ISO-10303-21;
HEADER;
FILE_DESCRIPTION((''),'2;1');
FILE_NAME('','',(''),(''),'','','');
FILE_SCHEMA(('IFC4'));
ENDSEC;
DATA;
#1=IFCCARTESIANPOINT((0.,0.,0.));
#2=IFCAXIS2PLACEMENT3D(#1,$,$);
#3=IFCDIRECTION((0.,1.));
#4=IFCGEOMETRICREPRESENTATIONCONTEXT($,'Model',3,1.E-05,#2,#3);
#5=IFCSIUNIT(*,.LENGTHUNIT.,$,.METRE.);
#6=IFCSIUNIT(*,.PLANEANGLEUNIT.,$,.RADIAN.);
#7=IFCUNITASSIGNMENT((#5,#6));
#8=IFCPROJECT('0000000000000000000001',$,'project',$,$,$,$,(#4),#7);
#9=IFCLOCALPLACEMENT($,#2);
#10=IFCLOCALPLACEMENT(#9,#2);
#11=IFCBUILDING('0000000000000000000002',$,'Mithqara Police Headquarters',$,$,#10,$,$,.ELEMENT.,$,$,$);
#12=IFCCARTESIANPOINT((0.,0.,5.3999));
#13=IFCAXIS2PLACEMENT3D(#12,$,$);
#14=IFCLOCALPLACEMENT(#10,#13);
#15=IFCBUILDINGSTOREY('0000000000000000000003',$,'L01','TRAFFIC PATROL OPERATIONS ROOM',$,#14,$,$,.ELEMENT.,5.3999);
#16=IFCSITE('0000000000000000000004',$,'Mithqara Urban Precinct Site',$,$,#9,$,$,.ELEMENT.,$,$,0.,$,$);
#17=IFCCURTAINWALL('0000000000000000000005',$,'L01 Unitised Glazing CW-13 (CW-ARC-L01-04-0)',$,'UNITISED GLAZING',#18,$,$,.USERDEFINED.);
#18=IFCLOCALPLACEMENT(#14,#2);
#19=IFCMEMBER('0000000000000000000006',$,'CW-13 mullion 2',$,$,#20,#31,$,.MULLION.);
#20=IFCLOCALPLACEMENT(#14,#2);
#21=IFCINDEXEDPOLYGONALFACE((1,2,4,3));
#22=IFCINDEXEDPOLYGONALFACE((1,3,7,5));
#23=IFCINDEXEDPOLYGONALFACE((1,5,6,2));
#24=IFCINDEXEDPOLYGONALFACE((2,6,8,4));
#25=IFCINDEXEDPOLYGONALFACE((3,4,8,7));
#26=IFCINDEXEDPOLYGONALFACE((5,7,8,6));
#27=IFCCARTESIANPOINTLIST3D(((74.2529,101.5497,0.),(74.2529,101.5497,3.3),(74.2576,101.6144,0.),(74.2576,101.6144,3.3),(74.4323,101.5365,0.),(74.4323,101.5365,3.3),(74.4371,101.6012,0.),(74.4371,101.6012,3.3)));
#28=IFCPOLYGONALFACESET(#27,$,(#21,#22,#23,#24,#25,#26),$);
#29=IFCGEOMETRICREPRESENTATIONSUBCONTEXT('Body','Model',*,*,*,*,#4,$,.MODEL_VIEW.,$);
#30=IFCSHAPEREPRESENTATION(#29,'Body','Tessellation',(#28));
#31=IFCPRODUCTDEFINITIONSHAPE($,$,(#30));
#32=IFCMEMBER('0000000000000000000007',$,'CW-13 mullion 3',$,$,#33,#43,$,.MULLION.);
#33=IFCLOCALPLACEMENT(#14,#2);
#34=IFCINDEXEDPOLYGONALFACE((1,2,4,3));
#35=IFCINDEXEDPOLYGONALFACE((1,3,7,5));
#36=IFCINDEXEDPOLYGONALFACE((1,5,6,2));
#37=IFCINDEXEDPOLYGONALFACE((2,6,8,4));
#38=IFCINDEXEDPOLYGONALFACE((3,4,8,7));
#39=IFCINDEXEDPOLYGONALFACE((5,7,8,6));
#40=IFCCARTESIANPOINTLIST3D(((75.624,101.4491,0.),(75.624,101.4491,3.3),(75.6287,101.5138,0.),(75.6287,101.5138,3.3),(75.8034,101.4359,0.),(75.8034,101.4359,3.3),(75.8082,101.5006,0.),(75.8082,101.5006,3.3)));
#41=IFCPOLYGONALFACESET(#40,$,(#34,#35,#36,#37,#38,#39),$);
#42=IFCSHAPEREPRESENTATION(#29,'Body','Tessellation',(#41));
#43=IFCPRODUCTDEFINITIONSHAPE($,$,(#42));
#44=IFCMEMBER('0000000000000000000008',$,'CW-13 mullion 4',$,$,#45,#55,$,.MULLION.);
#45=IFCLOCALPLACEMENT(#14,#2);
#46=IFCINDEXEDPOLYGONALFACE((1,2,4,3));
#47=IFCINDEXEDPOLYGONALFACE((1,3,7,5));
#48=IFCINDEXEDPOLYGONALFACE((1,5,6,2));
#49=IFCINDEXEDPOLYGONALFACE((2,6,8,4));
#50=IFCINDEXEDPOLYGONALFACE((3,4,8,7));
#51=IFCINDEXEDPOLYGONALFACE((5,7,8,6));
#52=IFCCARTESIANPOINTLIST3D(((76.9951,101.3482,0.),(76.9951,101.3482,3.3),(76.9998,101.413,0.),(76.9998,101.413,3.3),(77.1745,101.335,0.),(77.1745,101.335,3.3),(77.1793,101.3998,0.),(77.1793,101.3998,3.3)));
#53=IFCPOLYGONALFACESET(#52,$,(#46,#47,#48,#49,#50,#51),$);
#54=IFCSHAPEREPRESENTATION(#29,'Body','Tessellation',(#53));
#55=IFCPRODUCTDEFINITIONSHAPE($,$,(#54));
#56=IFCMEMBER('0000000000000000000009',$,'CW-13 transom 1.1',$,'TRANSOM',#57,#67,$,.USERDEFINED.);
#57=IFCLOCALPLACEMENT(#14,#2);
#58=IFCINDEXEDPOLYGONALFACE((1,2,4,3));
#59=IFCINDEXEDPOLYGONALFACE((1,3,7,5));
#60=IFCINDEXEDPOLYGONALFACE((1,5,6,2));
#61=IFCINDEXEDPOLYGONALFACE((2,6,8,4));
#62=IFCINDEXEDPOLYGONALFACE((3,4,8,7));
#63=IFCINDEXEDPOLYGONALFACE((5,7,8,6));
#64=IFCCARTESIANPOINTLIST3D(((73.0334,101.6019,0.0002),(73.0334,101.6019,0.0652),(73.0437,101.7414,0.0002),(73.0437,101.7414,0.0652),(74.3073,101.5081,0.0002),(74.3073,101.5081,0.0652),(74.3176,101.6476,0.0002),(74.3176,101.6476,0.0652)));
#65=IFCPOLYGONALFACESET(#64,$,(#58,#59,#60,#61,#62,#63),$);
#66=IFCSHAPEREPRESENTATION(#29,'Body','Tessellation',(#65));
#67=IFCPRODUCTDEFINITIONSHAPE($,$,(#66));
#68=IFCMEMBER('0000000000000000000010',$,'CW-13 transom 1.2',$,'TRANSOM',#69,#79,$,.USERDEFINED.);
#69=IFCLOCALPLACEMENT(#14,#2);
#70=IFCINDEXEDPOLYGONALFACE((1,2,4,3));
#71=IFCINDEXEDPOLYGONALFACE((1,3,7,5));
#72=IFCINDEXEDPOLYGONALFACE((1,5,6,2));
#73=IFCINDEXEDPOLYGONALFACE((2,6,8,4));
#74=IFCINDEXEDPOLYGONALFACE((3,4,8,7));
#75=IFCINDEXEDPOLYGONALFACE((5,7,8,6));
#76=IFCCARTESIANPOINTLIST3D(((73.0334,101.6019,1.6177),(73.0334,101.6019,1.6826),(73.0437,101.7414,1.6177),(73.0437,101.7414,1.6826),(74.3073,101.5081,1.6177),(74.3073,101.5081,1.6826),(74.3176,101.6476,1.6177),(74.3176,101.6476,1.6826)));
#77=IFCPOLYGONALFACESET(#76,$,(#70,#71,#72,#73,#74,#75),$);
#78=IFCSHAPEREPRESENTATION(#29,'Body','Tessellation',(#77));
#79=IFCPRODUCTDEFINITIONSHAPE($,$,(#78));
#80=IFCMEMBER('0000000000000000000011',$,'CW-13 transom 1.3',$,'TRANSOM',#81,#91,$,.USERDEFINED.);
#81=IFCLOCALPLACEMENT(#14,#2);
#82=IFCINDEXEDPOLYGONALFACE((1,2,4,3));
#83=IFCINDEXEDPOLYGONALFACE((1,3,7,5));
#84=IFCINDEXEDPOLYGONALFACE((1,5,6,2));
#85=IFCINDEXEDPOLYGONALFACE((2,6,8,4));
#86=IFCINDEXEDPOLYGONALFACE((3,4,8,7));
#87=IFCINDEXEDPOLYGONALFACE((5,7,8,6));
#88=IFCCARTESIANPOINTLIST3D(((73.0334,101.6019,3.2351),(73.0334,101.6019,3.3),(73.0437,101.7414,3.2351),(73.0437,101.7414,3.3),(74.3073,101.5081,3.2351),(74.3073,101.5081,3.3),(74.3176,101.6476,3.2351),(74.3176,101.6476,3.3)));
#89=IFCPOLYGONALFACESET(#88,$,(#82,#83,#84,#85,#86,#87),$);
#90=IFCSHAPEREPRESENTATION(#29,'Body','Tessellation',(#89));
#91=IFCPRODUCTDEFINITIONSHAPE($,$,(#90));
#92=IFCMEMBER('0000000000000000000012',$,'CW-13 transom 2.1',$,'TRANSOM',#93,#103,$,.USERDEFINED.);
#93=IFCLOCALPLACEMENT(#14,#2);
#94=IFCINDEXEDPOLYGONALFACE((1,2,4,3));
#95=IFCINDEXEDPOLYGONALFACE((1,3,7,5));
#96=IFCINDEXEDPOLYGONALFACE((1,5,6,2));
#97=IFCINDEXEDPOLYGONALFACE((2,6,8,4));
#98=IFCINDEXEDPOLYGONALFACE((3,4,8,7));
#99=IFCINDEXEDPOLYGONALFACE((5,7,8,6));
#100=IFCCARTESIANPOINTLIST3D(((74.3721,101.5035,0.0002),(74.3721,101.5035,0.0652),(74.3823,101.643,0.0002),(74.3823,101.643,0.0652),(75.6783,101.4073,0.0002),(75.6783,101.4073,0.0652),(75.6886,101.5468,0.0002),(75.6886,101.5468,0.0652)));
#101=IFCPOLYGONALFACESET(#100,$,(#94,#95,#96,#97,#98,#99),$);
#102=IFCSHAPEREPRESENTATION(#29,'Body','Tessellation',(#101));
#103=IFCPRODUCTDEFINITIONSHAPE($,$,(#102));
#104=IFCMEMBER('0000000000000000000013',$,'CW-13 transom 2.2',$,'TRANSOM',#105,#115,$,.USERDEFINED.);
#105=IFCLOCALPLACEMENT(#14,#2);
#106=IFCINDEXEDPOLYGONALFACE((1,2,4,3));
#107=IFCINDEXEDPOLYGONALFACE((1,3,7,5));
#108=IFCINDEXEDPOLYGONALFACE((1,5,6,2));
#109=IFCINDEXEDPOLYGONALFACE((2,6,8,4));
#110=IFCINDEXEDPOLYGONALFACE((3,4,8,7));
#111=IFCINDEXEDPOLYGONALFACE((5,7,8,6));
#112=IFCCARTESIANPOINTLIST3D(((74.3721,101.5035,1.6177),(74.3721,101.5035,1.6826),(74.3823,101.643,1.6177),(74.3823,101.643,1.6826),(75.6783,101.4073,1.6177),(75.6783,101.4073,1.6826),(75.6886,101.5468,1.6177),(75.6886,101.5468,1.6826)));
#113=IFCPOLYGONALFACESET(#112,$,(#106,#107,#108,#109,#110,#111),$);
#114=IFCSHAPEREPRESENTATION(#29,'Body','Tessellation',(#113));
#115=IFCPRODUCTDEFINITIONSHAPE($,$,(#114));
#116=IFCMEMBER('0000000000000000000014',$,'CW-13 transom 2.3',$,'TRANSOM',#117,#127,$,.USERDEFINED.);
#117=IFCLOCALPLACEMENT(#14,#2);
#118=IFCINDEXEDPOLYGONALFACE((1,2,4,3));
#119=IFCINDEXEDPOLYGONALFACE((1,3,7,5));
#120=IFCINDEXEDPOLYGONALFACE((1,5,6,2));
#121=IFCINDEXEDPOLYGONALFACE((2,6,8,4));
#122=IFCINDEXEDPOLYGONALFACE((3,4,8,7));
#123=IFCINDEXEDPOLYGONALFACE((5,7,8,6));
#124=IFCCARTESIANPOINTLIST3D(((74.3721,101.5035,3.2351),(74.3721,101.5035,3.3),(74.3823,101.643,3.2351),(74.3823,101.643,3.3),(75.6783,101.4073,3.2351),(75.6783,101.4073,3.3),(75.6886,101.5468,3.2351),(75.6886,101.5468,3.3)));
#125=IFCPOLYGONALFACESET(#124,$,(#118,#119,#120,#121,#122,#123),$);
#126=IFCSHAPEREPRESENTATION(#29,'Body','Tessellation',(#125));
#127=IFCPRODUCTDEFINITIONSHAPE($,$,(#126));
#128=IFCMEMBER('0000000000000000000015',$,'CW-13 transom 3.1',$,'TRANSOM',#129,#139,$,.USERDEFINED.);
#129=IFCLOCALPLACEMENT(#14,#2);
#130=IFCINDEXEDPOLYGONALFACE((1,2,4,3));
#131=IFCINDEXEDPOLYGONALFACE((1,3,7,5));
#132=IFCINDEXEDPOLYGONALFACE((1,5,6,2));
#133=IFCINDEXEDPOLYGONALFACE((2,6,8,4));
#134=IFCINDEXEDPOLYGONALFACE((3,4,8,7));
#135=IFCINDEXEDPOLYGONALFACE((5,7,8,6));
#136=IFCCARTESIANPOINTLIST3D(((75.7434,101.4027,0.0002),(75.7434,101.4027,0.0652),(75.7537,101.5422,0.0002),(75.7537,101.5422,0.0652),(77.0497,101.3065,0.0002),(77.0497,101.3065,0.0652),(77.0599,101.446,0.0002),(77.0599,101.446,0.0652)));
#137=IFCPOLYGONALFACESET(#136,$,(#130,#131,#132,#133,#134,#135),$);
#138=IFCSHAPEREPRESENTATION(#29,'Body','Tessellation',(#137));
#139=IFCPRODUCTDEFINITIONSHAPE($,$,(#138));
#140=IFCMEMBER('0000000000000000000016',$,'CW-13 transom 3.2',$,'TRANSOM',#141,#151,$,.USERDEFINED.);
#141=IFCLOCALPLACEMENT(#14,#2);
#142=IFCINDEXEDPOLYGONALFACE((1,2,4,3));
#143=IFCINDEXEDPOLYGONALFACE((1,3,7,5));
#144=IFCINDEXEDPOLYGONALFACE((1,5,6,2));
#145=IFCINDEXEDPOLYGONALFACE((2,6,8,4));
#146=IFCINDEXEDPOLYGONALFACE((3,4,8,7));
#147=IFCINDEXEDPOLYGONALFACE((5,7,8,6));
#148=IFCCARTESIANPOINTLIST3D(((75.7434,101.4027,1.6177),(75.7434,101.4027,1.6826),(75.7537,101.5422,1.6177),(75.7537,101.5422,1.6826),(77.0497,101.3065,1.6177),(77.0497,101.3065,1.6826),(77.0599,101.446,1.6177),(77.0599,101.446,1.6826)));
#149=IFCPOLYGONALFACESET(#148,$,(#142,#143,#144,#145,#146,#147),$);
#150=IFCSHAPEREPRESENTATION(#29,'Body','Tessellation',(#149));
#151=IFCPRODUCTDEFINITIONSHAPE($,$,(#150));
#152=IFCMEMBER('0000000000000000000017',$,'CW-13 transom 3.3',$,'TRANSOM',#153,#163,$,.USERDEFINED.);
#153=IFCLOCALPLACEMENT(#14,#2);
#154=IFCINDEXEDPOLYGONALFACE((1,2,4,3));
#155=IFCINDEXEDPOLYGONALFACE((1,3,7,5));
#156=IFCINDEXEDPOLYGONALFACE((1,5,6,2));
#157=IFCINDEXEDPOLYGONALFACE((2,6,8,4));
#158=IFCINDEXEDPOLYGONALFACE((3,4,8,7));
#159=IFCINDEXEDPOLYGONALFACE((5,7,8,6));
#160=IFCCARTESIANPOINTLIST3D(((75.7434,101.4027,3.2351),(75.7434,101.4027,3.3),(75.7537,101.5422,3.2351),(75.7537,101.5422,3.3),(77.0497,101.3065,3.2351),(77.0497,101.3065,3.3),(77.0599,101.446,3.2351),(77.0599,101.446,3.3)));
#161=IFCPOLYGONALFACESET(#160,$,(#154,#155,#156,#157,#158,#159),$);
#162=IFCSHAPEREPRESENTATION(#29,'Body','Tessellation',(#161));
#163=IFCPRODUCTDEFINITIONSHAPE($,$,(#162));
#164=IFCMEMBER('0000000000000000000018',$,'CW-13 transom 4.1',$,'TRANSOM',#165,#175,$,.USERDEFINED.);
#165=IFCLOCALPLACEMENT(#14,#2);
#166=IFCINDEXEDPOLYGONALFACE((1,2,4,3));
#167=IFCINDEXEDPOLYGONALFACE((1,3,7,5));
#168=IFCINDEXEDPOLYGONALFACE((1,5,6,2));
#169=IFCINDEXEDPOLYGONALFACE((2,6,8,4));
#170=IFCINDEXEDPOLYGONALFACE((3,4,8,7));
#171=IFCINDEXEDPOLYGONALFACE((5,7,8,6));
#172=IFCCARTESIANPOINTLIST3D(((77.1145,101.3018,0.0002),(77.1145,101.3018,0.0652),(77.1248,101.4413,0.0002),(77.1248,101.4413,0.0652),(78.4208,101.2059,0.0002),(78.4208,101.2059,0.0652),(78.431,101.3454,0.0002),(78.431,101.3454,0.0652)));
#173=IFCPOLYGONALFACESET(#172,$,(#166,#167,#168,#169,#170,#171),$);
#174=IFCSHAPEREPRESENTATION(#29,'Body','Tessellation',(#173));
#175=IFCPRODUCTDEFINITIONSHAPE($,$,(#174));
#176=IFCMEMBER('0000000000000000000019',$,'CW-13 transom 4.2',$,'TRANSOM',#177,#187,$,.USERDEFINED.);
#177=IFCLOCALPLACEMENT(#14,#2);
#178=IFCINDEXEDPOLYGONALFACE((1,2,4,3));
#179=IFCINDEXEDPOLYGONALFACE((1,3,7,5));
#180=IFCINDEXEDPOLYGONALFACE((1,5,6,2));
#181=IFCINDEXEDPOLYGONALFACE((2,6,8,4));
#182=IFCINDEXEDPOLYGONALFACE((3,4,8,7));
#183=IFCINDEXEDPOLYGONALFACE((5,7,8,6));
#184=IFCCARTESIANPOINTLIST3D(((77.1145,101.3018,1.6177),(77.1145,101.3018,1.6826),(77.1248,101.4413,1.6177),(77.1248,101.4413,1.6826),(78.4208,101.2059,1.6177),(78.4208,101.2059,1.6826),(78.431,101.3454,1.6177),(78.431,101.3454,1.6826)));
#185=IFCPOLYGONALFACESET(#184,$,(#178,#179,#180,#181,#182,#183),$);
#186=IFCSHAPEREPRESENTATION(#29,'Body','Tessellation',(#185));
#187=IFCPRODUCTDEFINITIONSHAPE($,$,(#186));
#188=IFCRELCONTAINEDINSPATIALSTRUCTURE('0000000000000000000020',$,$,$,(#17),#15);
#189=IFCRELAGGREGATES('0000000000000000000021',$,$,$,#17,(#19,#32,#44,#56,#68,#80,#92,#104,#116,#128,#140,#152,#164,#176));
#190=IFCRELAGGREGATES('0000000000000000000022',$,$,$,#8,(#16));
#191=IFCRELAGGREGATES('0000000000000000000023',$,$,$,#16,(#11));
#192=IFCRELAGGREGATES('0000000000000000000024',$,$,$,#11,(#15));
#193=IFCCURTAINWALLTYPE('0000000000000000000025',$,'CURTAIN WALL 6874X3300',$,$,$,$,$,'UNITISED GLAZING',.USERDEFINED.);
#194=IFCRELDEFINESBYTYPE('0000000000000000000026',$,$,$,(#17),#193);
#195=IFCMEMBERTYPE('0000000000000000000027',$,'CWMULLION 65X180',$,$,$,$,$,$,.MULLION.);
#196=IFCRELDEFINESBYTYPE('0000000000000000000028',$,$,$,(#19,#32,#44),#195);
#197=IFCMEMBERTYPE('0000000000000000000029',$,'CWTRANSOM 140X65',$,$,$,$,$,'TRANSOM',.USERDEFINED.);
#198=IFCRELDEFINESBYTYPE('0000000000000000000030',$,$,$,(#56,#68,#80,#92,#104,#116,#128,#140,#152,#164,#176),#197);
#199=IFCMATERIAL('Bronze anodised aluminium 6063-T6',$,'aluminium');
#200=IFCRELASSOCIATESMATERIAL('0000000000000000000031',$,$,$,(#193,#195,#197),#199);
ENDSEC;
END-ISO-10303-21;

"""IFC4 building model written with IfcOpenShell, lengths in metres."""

from ifc_helpers import new_model, si_unit, direction, frame, origin, origin_2d, place, context, subcontext, project, spatial, rectangle, extrude, material, material_profile, profile_set, type_object, element, aggregate, save


model = new_model("IFC4")

# Units and contexts
model_context = context("Model", 3, precision=1e-05, world=origin(), true_north=direction((0.0, 1.0)))
body_context = subcontext(model_context, "Body", "Model", "MODEL_VIEW")
ifc_project = project(units=[si_unit("LENGTHUNIT", "METRE"), si_unit("PLANEANGLEUNIT", "RADIAN")], contexts=[model_context])

# Site, building, storey
site_placement = place(None, origin())
site = spatial("IfcSite", under=ifc_project, at=site_placement, Name="Mithqara Urban Precinct Site", CompositionType="ELEMENT", RefElevation=0.0)
building_placement = place(site_placement, origin())
building = spatial("IfcBuilding", under=site, at=building_placement, Name="Mithqara Police Headquarters", CompositionType="ELEMENT")
storey_placement = place(building_placement, frame((0.0, 0.0, 5.3999)))
storey = spatial("IfcBuildingStorey", under=building, at=storey_placement, Name="L01", Description="TRAFFIC PATROL OPERATIONS ROOM", CompositionType="ELEMENT", Elevation=5.3999)

# Curtain wall, members
ifc_material_1 = material(Name="Bronze anodised aluminium 6063-T6", Category="aluminium")
curtain_wall_type = type_object("IfcCurtainWallType", Name="CURTAIN WALL 6874X3300", ElementType="UNITISED GLAZING", PredefinedType="USERDEFINED", material=ifc_material_1)
curtain_wall_placement = place(storey_placement, origin())
curtain_wall = element("IfcCurtainWall", 1, at=curtain_wall_placement, inside=storey, type_object=curtain_wall_type, Name="L01 Unitised Glazing CW-13 (CW-ARC-L01-04-0)", ObjectType="UNITISED GLAZING", PredefinedType="USERDEFINED")
ifc_material_profile_1 = material_profile(ifc_material_1, rectangle(XDim=0.0649, YDim=0.1799, at=origin_2d()), Name="CWM 65x180")
ifc_profile_set_1 = profile_set([ifc_material_profile_1], Name="Bronze anodised aluminium 6063-T6")
member_type_1 = type_object("IfcMemberType", Name="CWMULLION 65X180", PredefinedType="MULLION", material=ifc_profile_set_1)
member_1_placement = place(storey_placement, frame((74.345, 101.5754, 0.0), z_axis=(0.0, 0.0, 1.0), x_axis=(0.073301, 0.99731, 0.0)))
member_1 = element("IfcMember", 2, at=member_1_placement, type_object=member_type_1, Name="CW-13 mullion 2", PredefinedType="MULLION", context=body_context, shape_type="SweptSolid", body=[
    extrude(rectangle(XDim=0.0649, YDim=0.1799, at=origin_2d()), origin(), (0.0, 0.0, 1.0), 3.3),
])
member_2_placement = place(storey_placement, frame((75.7161, 101.4749, 0.0), z_axis=(0.0, 0.0, 1.0), x_axis=(0.073301, 0.99731, 0.0)))
member_2 = element("IfcMember", 3, at=member_2_placement, type_object=member_type_1, Name="CW-13 mullion 3", PredefinedType="MULLION", context=body_context, shape_type="SweptSolid", body=[
    extrude(rectangle(XDim=0.0649, YDim=0.1799, at=origin_2d()), origin(), (0.0, 0.0, 1.0), 3.3),
])
member_3_placement = place(storey_placement, frame((77.0872, 101.374, 0.0), z_axis=(0.0, 0.0, 1.0), x_axis=(0.073301, 0.99731, 0.0)))
member_3 = element("IfcMember", 4, at=member_3_placement, type_object=member_type_1, Name="CW-13 mullion 4", PredefinedType="MULLION", context=body_context, shape_type="SweptSolid", body=[
    extrude(rectangle(XDim=0.0649, YDim=0.1799, at=origin_2d()), origin(), (0.0, 0.0, 1.0), 3.3),
])
ifc_material_profile_2 = material_profile(ifc_material_1, rectangle(XDim=0.1399, YDim=0.0649, at=origin_2d()), Name="CWT 140x65")
ifc_profile_set_2 = profile_set([ifc_material_profile_2], Name="Bronze anodised aluminium 6063-T6")
member_type_2 = type_object("IfcMemberType", Name="CWTRANSOM 140X65", ElementType="TRANSOM", PredefinedType="USERDEFINED", material=ifc_profile_set_2)
member_4_placement = place(storey_placement, frame((73.0386, 101.6716, 0.0327), z_axis=(0.997303, -0.073393, 0.0), x_axis=(0.073393, 0.997303, 0.0)))
member_4 = element("IfcMember", 5, at=member_4_placement, type_object=member_type_2, Name="CW-13 transom 1.1", ObjectType="TRANSOM", PredefinedType="USERDEFINED", context=body_context, shape_type="SweptSolid", body=[
    extrude(rectangle(XDim=0.1399, YDim=0.0649, at=origin_2d()), origin(), (0.0, 0.0, 1.0), 1.2773),
])
member_5_placement = place(storey_placement, frame((73.0386, 101.6716, 1.6501), z_axis=(0.997303, -0.073393, 0.0), x_axis=(0.073393, 0.997303, 0.0)))
member_5 = element("IfcMember", 6, at=member_5_placement, type_object=member_type_2, Name="CW-13 transom 1.2", ObjectType="TRANSOM", PredefinedType="USERDEFINED", context=body_context, shape_type="SweptSolid", body=[
    extrude(rectangle(XDim=0.1399, YDim=0.0649, at=origin_2d()), origin(), (0.0, 0.0, 1.0), 1.2773),
])
member_6_placement = place(storey_placement, frame((73.0386, 101.6716, 3.2676), z_axis=(0.997303, -0.073393, 0.0), x_axis=(0.073393, 0.997303, 0.0)))
member_6 = element("IfcMember", 7, at=member_6_placement, type_object=member_type_2, Name="CW-13 transom 1.3", ObjectType="TRANSOM", PredefinedType="USERDEFINED", context=body_context, shape_type="SweptSolid", body=[
    extrude(rectangle(XDim=0.1399, YDim=0.0649, at=origin_2d()), origin(), (0.0, 0.0, 1.0), 1.2773),
])
member_7_placement = place(storey_placement, frame((74.3772, 101.5732, 0.0327), z_axis=(0.9973, -0.073432, 0.0), x_axis=(0.073432, 0.9973, 0.0)))
member_7 = element("IfcMember", 8, at=member_7_placement, type_object=member_type_2, Name="CW-13 transom 2.1", ObjectType="TRANSOM", PredefinedType="USERDEFINED", context=body_context, shape_type="SweptSolid", body=[
    extrude(rectangle(XDim=0.1399, YDim=0.0649, at=origin_2d()), origin(), (0.0, 0.0, 1.0), 1.3098),
])
member_8_placement = place(storey_placement, frame((74.3772, 101.5732, 1.6501), z_axis=(0.9973, -0.073432, 0.0), x_axis=(0.073432, 0.9973, 0.0)))
member_8 = element("IfcMember", 9, at=member_8_placement, type_object=member_type_2, Name="CW-13 transom 2.2", ObjectType="TRANSOM", PredefinedType="USERDEFINED", context=body_context, shape_type="SweptSolid", body=[
    extrude(rectangle(XDim=0.1399, YDim=0.0649, at=origin_2d()), origin(), (0.0, 0.0, 1.0), 1.3098),
])
member_9_placement = place(storey_placement, frame((74.3772, 101.5732, 3.2676), z_axis=(0.9973, -0.073432, 0.0), x_axis=(0.073432, 0.9973, 0.0)))
member_9 = element("IfcMember", 10, at=member_9_placement, type_object=member_type_2, Name="CW-13 transom 2.3", ObjectType="TRANSOM", PredefinedType="USERDEFINED", context=body_context, shape_type="SweptSolid", body=[
    extrude(rectangle(XDim=0.1399, YDim=0.0649, at=origin_2d()), origin(), (0.0, 0.0, 1.0), 1.3098),
])
member_10_placement = place(storey_placement, frame((75.7485, 101.4724, 0.0327), z_axis=(0.9973, -0.073432, 0.0), x_axis=(0.073432, 0.9973, 0.0)))
member_10 = element("IfcMember", 11, at=member_10_placement, type_object=member_type_2, Name="CW-13 transom 3.1", ObjectType="TRANSOM", PredefinedType="USERDEFINED", context=body_context, shape_type="SweptSolid", body=[
    extrude(rectangle(XDim=0.1399, YDim=0.0649, at=origin_2d()), origin(), (0.0, 0.0, 1.0), 1.3098),
])
member_11_placement = place(storey_placement, frame((75.7485, 101.4724, 1.6501), z_axis=(0.9973, -0.073432, 0.0), x_axis=(0.073432, 0.9973, 0.0)))
member_11 = element("IfcMember", 12, at=member_11_placement, type_object=member_type_2, Name="CW-13 transom 3.2", ObjectType="TRANSOM", PredefinedType="USERDEFINED", context=body_context, shape_type="SweptSolid", body=[
    extrude(rectangle(XDim=0.1399, YDim=0.0649, at=origin_2d()), origin(), (0.0, 0.0, 1.0), 1.3098),
])
member_12_placement = place(storey_placement, frame((75.7485, 101.4724, 3.2676), z_axis=(0.9973, -0.073432, 0.0), x_axis=(0.073432, 0.9973, 0.0)))
member_12 = element("IfcMember", 13, at=member_12_placement, type_object=member_type_2, Name="CW-13 transom 3.3", ObjectType="TRANSOM", PredefinedType="USERDEFINED", context=body_context, shape_type="SweptSolid", body=[
    extrude(rectangle(XDim=0.1399, YDim=0.0649, at=origin_2d()), origin(), (0.0, 0.0, 1.0), 1.3098),
])
member_13_placement = place(storey_placement, frame((77.1196, 101.3716, 0.0327), z_axis=(0.997314, -0.073247, 0.0), x_axis=(0.073247, 0.997314, 0.0)))
member_13 = element("IfcMember", 14, at=member_13_placement, type_object=member_type_2, Name="CW-13 transom 4.1", ObjectType="TRANSOM", PredefinedType="USERDEFINED", context=body_context, shape_type="SweptSolid", body=[
    extrude(rectangle(XDim=0.1399, YDim=0.0649, at=origin_2d()), origin(), (0.0, 0.0, 1.0), 1.3098),
])
member_14_placement = place(storey_placement, frame((77.1196, 101.3716, 1.6501), z_axis=(0.997314, -0.073247, 0.0), x_axis=(0.073247, 0.997314, 0.0)))
member_14 = element("IfcMember", 15, at=member_14_placement, type_object=member_type_2, Name="CW-13 transom 4.2", ObjectType="TRANSOM", PredefinedType="USERDEFINED", context=body_context, shape_type="SweptSolid", body=[
    extrude(rectangle(XDim=0.1399, YDim=0.0649, at=origin_2d()), origin(), (0.0, 0.0, 1.0), 1.3098),
])
aggregate(curtain_wall, [member_1, member_2, member_3, member_4, member_5, member_6, member_7, member_8, member_9, member_10, member_11, member_12, member_13, member_14])

save(model, "model.ifc")
